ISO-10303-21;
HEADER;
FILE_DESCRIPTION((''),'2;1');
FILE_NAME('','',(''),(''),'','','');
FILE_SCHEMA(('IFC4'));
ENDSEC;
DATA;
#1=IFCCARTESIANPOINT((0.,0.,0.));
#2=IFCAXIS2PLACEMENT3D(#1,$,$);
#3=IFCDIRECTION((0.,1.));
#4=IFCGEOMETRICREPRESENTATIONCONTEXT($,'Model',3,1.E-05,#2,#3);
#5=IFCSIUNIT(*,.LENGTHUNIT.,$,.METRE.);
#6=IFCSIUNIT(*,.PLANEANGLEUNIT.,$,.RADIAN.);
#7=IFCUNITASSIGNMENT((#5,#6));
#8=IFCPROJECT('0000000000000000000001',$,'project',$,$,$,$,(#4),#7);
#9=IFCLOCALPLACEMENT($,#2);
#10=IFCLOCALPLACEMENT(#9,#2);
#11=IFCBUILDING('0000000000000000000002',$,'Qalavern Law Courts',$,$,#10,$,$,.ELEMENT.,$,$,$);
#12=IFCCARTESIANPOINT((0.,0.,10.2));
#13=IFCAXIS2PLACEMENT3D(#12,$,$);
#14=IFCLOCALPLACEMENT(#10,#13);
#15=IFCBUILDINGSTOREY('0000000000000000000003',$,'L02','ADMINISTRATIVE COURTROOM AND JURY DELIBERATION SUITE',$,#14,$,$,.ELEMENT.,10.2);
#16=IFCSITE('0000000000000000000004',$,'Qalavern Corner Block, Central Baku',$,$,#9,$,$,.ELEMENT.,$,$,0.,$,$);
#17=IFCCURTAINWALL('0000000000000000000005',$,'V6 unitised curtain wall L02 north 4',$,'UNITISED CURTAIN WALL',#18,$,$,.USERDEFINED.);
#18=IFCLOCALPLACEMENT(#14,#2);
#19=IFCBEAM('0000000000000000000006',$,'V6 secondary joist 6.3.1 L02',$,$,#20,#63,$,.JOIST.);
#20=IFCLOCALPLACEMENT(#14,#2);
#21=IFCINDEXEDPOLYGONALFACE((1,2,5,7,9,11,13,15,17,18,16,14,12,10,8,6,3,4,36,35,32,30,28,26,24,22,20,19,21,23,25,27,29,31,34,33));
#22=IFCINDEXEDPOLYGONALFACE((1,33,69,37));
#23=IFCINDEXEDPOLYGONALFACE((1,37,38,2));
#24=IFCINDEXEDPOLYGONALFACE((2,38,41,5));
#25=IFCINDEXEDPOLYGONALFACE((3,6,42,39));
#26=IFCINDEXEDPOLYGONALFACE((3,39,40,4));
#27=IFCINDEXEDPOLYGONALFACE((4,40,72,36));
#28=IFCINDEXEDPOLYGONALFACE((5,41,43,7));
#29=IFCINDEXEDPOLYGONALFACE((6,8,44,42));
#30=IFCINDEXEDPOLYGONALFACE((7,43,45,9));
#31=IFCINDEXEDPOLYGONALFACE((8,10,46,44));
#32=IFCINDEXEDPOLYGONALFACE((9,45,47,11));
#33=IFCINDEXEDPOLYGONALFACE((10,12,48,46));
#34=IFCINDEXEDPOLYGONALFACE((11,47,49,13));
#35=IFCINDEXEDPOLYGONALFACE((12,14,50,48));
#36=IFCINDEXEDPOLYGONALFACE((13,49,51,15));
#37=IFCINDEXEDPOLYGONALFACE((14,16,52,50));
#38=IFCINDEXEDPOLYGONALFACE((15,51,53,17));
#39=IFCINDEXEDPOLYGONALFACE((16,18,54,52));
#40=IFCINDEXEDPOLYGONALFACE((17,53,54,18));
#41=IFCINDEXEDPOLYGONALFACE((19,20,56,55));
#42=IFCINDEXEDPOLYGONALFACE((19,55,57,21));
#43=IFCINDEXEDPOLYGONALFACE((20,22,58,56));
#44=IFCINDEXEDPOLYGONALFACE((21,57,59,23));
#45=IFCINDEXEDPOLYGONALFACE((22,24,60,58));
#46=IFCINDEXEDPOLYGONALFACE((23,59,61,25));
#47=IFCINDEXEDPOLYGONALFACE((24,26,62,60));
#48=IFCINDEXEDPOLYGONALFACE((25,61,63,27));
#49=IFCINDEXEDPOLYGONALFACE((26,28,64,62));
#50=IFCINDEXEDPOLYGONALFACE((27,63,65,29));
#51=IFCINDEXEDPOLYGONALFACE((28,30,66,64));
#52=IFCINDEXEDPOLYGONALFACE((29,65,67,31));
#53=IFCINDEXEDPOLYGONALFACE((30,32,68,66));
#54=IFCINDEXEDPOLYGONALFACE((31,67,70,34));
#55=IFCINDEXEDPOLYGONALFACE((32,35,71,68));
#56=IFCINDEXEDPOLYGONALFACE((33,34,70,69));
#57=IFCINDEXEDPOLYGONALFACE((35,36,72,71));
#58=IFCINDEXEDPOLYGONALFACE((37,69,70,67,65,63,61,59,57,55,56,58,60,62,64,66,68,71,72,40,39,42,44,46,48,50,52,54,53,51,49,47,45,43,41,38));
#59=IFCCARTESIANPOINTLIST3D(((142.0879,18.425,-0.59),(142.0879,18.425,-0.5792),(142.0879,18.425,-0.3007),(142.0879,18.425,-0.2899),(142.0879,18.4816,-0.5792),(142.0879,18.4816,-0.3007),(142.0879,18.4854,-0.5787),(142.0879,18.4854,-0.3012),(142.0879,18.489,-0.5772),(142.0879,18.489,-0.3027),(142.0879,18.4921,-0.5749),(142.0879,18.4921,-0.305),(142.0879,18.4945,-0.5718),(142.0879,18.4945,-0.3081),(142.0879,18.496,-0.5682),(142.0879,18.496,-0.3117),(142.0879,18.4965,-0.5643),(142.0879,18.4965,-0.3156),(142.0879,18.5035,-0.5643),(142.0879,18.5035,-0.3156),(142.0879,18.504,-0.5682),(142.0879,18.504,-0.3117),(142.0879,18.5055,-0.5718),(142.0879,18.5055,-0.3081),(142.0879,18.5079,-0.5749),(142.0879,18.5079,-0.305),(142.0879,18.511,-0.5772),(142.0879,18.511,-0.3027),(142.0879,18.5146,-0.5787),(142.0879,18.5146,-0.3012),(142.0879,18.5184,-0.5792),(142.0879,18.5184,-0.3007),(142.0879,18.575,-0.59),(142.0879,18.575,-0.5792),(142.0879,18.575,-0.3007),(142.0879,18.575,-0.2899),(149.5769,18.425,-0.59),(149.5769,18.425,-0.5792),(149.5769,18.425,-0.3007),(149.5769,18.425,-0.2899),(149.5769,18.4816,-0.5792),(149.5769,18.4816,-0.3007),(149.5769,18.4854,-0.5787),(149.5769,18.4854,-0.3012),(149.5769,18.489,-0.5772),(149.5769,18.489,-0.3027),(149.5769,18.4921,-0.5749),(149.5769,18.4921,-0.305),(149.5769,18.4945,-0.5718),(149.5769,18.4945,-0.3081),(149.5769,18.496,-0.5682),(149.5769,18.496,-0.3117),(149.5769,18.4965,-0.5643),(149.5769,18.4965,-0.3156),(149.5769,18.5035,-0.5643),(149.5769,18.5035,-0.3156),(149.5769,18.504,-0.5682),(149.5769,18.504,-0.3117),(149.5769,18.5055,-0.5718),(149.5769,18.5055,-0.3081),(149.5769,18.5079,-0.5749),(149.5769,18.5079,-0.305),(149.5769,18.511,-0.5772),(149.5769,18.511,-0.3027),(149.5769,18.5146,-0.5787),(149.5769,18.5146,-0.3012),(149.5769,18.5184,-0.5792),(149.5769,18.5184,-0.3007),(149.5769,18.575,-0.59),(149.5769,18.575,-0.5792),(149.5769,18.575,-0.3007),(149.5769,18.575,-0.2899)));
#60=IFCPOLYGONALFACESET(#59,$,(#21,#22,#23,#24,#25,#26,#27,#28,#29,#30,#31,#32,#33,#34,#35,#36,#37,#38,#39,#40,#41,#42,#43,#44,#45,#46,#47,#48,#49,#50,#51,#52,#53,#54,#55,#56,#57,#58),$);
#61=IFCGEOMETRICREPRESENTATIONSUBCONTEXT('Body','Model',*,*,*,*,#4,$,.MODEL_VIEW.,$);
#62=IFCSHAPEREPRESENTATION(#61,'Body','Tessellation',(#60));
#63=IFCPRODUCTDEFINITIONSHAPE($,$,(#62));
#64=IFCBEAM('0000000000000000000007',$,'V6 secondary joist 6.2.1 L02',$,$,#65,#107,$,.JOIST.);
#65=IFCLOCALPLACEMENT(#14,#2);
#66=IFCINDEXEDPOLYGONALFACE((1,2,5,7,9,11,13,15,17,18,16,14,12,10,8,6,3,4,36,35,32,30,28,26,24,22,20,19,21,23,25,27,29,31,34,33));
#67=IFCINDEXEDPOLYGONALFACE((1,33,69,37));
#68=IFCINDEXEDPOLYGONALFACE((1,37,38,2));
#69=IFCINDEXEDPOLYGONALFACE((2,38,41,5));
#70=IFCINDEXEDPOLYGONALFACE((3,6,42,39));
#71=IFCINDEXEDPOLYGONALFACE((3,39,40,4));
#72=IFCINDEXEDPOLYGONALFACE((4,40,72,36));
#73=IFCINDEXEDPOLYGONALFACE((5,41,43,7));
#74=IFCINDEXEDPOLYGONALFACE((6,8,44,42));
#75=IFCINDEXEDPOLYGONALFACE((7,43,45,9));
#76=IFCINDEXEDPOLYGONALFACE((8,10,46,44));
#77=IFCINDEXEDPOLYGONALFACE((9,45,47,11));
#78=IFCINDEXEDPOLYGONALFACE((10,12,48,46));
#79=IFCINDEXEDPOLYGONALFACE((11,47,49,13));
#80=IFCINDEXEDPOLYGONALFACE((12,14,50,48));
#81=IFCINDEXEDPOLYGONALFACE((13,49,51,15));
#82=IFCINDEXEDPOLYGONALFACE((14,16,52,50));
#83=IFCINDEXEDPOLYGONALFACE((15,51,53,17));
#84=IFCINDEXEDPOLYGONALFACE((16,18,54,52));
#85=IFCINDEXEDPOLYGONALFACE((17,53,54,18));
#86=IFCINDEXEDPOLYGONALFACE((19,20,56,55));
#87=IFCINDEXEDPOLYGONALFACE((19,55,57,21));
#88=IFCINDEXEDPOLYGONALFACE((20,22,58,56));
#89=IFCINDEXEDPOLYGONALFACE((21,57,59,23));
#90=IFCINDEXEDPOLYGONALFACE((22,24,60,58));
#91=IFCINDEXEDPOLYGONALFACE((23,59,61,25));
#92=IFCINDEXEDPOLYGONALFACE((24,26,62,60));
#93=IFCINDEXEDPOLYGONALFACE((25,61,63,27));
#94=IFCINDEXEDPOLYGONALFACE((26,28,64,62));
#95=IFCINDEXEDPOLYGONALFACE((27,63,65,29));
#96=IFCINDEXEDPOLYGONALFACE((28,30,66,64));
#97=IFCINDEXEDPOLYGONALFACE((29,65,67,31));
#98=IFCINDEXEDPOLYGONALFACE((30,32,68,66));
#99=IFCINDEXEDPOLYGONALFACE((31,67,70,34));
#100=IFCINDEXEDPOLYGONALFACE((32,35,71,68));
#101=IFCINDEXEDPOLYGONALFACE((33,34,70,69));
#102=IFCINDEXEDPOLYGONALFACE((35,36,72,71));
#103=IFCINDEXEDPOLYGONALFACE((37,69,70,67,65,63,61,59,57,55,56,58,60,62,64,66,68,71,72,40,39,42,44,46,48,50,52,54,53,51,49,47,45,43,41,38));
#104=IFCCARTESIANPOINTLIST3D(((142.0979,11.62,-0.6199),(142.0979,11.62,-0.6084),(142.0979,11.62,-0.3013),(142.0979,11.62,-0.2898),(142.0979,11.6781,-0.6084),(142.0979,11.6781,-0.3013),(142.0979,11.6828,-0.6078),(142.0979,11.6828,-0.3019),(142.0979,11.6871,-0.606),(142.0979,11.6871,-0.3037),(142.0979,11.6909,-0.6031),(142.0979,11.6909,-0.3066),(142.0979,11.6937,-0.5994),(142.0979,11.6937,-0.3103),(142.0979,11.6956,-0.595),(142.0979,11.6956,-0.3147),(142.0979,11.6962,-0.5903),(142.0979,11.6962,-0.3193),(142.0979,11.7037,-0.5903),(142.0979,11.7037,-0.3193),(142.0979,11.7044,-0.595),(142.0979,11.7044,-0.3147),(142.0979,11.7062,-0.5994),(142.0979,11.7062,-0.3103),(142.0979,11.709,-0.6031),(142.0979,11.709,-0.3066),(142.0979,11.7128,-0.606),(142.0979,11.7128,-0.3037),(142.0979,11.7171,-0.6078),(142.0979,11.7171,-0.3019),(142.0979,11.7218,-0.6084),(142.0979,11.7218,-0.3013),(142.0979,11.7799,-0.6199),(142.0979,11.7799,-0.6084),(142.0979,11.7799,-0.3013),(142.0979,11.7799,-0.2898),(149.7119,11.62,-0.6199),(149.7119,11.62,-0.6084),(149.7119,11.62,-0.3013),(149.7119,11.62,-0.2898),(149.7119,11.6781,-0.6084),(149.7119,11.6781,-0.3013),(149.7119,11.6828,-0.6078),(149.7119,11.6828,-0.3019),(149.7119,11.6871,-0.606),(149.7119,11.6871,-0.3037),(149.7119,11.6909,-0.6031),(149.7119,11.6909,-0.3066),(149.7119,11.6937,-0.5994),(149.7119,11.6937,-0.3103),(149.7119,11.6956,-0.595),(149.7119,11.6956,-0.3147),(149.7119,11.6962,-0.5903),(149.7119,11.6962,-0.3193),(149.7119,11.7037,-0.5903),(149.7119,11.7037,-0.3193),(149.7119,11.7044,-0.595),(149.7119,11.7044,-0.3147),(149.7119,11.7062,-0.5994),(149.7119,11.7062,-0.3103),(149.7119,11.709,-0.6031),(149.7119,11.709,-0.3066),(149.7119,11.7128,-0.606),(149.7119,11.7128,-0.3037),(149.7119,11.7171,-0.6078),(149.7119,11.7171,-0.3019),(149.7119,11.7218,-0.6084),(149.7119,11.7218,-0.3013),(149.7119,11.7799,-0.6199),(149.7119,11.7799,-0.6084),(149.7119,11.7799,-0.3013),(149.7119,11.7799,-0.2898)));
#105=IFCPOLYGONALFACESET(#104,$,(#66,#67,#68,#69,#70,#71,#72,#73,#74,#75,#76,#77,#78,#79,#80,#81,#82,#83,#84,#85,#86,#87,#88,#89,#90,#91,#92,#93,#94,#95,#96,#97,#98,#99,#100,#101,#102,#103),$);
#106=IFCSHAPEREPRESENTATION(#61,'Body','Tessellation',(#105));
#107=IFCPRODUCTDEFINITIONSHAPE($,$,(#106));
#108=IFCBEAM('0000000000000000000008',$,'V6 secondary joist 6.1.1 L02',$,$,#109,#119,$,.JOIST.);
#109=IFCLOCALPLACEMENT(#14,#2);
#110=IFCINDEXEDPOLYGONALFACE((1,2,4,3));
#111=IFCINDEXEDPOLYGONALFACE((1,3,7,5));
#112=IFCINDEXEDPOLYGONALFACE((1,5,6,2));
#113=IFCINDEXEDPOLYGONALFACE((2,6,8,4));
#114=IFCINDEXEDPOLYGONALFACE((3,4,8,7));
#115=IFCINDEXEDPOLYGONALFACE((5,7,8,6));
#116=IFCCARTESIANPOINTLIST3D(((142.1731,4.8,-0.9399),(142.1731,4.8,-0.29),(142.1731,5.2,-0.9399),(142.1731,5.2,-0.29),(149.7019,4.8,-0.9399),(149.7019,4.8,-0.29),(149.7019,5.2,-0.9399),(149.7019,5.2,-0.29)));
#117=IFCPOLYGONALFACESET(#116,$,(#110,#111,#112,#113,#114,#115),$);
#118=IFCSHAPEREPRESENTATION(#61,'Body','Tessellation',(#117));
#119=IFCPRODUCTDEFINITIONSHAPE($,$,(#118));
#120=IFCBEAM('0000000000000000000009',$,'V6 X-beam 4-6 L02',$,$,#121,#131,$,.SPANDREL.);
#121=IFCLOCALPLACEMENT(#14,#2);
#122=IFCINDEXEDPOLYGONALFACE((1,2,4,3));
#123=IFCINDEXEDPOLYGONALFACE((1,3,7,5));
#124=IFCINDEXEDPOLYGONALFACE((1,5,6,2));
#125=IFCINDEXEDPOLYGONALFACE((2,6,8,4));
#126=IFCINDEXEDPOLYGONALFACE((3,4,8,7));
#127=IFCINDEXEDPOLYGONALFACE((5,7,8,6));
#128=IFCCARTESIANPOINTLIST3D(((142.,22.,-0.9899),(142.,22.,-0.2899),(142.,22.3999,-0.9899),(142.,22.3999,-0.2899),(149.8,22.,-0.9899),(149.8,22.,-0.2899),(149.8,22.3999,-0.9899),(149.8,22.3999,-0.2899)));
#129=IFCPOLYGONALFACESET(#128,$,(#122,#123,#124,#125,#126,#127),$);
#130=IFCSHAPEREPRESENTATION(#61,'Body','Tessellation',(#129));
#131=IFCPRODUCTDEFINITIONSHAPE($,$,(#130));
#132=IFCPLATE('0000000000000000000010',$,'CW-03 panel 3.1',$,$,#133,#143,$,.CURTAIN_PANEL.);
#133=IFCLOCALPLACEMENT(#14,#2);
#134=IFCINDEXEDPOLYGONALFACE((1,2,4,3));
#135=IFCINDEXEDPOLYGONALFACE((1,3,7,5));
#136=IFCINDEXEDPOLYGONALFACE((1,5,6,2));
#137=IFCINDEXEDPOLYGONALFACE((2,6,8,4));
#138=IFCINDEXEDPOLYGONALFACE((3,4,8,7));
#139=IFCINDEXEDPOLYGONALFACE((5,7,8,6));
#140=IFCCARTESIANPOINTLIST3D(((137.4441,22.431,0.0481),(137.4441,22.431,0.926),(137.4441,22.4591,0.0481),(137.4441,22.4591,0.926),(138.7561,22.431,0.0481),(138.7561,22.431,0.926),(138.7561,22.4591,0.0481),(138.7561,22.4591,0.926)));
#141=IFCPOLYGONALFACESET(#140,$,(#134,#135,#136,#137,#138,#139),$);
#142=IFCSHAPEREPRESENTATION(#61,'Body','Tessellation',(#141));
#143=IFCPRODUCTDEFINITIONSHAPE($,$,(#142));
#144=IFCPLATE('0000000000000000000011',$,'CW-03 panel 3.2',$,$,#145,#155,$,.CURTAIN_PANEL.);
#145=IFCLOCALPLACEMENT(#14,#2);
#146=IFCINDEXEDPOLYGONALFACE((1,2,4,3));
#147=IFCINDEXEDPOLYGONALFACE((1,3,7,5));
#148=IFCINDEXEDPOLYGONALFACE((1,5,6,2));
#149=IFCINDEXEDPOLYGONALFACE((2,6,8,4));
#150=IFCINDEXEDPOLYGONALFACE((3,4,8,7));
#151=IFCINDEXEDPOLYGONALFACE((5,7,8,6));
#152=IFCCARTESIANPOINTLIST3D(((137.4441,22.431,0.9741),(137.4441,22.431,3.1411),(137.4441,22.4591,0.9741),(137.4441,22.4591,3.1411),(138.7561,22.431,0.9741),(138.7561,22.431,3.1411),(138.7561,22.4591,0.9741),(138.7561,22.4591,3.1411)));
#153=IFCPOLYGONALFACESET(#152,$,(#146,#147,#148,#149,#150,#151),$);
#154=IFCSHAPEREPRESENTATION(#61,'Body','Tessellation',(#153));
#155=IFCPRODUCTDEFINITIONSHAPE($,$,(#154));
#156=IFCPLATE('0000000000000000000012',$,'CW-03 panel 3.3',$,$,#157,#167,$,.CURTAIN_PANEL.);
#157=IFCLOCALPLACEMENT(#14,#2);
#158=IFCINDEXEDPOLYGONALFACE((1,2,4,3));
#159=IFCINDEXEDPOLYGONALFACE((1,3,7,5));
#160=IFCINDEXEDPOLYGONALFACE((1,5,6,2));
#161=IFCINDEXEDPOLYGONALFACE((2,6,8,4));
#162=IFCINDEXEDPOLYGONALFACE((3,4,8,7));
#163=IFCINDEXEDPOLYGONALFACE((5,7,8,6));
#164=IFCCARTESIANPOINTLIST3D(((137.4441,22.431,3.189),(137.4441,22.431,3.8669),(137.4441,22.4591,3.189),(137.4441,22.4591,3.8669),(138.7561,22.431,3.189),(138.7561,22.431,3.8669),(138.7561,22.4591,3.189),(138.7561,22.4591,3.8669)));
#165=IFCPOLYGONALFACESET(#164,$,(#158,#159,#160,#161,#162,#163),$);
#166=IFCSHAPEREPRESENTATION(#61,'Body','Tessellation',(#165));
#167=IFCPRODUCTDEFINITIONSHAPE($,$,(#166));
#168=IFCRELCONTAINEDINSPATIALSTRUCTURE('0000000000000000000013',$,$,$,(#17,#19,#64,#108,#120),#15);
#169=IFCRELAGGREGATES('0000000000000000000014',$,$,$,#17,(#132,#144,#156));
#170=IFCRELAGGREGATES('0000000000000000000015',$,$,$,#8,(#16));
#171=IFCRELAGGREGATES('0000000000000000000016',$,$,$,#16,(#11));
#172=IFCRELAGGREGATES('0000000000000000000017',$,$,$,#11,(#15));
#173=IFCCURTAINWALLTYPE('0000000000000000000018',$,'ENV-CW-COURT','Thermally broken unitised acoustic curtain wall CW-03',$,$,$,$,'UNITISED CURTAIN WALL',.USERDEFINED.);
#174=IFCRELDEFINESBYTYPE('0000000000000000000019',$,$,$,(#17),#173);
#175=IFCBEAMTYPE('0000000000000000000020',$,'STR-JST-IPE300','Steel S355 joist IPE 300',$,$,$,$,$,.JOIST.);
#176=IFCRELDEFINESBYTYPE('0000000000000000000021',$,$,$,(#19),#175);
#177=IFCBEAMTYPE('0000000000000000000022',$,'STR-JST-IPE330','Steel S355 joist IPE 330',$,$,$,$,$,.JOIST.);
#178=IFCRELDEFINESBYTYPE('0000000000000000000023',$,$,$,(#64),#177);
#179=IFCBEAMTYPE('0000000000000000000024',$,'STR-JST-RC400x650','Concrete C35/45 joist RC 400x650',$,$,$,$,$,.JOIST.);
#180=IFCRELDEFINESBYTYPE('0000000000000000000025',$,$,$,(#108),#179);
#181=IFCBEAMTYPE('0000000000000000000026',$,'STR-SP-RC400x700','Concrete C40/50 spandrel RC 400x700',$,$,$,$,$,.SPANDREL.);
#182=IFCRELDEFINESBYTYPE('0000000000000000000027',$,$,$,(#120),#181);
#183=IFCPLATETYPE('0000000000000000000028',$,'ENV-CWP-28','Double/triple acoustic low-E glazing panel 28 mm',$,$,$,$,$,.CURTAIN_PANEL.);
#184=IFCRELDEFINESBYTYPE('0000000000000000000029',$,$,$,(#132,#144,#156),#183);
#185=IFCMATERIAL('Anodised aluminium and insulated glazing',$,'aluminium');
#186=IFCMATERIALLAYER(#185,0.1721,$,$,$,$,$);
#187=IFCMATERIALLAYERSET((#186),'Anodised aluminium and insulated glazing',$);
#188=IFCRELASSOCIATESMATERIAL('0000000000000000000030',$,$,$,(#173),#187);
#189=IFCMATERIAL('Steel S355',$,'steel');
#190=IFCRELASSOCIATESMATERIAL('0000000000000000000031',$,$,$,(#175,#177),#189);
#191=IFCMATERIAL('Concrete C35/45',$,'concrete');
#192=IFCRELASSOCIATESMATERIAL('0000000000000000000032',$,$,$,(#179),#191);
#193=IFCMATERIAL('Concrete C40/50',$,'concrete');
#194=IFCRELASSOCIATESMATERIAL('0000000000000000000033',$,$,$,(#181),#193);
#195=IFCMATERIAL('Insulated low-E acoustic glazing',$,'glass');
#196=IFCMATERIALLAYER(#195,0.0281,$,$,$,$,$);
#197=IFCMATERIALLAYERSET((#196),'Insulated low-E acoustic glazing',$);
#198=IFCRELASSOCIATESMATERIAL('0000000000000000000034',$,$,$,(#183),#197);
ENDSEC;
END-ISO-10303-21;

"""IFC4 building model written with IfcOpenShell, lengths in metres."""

from ifc_helpers import new_model, si_unit, direction, frame, origin, origin_2d, place, context, subcontext, project, spatial, rectangle, i_section, extrude, material, layer, layer_set, material_profile, profile_set, type_object, element, aggregate, save


model = new_model("IFC4")

# Units and contexts
model_context = context("Model", 3, precision=1e-05, world=origin(), true_north=direction((0.0, 1.0)))
body_context = subcontext(model_context, "Body", "Model", "MODEL_VIEW")
ifc_project = project(units=[si_unit("LENGTHUNIT", "METRE"), si_unit("PLANEANGLEUNIT", "RADIAN")], contexts=[model_context])

# Site, building, storey
site_placement = place(None, origin())
site = spatial("IfcSite", under=ifc_project, at=site_placement, Name="Qalavern Corner Block, Central Baku", CompositionType="ELEMENT", RefElevation=0.0)
building_placement = place(site_placement, origin())
building = spatial("IfcBuilding", under=site, at=building_placement, Name="Qalavern Law Courts", CompositionType="ELEMENT")
storey_placement = place(building_placement, frame((0.0, 0.0, 10.2)))
storey = spatial("IfcBuildingStorey", under=building, at=storey_placement, Name="L02", Description="ADMINISTRATIVE COURTROOM AND JURY DELIBERATION SUITE", CompositionType="ELEMENT", Elevation=10.2)

# Curtain wall
ifc_material_1 = material(Name="Anodised aluminium and insulated glazing", Category="aluminium")
ifc_layer_1 = layer(ifc_material_1, 0.1721)
ifc_layer_set_1 = layer_set([ifc_layer_1], Name="Anodised aluminium and insulated glazing")
curtain_wall_type = type_object("IfcCurtainWallType", Name="ENV-CW-COURT", Description="Thermally broken unitised acoustic curtain wall CW-03", ElementType="UNITISED CURTAIN WALL", PredefinedType="USERDEFINED", material=ifc_layer_set_1)
curtain_wall_placement = place(storey_placement, origin())
curtain_wall = element("IfcCurtainWall", 1, at=curtain_wall_placement, inside=storey, type_object=curtain_wall_type, Name="V6 unitised curtain wall L02 north 4", ObjectType="UNITISED CURTAIN WALL", PredefinedType="USERDEFINED")

# Beams
ifc_material_2 = material(Name="Steel S355", Category="steel")
ifc_material_profile_1 = material_profile(ifc_material_2, i_section(OverallWidth=0.1499, OverallDepth=0.3, WebThickness=0.0071, FlangeThickness=0.0107, FilletRadius=0.0149, at=origin_2d()), Name="IPE 300")
ifc_profile_set_1 = profile_set([ifc_material_profile_1], Name="Steel S355")
beam_type_1 = type_object("IfcBeamType", Name="STR-JST-IPE300", Description="Steel S355 joist IPE 300", PredefinedType="JOIST", material=ifc_profile_set_1)
beam_1_placement = place(storey_placement, frame((142.0879, 18.5, -0.4399), z_axis=(1.0, 0.0, 0.0), x_axis=(0.0, 1.0, 0.0)))
element("IfcBeam", 2, at=beam_1_placement, inside=storey, type_object=beam_type_1, Name="V6 secondary joist 6.3.1 L02", PredefinedType="JOIST", context=body_context, shape_type="SweptSolid", body=[
    extrude(i_section(OverallWidth=0.1499, OverallDepth=0.3, WebThickness=0.0071, FlangeThickness=0.0107, FilletRadius=0.0149, at=origin_2d()), origin(), (0.0, 0.0, 1.0), 7.489),
])
ifc_material_profile_2 = material_profile(ifc_material_2, i_section(OverallWidth=0.1599, OverallDepth=0.3301, WebThickness=0.0076, FlangeThickness=0.0115, FilletRadius=0.0181, at=origin_2d()), Name="IPE 330")
ifc_profile_set_2 = profile_set([ifc_material_profile_2], Name="Steel S355")
beam_type_2 = type_object("IfcBeamType", Name="STR-JST-IPE330", Description="Steel S355 joist IPE 330", PredefinedType="JOIST", material=ifc_profile_set_2)
beam_2_placement = place(storey_placement, frame((142.0979, 11.7, -0.4548), z_axis=(1.0, 0.0, 0.0), x_axis=(0.0, 1.0, 0.0)))
element("IfcBeam", 3, at=beam_2_placement, inside=storey, type_object=beam_type_2, Name="V6 secondary joist 6.2.1 L02", PredefinedType="JOIST", context=body_context, shape_type="SweptSolid", body=[
    extrude(i_section(OverallWidth=0.1599, OverallDepth=0.3301, WebThickness=0.0076, FlangeThickness=0.0115, FilletRadius=0.0181, at=origin_2d()), origin(), (0.0, 0.0, 1.0), 7.614),
])
ifc_material_3 = material(Name="Concrete C35/45", Category="concrete")
ifc_material_profile_3 = material_profile(ifc_material_3, rectangle(XDim=0.3999, YDim=0.6499, at=origin_2d()), Name="RC 400x650")
ifc_profile_set_3 = profile_set([ifc_material_profile_3], Name="Concrete C35/45")
beam_type_3 = type_object("IfcBeamType", Name="STR-JST-RC400x650", Description="Concrete C35/45 joist RC 400x650", PredefinedType="JOIST", material=ifc_profile_set_3)
beam_3_placement = place(storey_placement, frame((142.1731, 5.0, -0.615), z_axis=(1.0, 0.0, 0.0), x_axis=(0.0, 1.0, 0.0)))
element("IfcBeam", 4, at=beam_3_placement, inside=storey, type_object=beam_type_3, Name="V6 secondary joist 6.1.1 L02", PredefinedType="JOIST", context=body_context, shape_type="SweptSolid", body=[
    extrude(rectangle(XDim=0.3999, YDim=0.6499, at=origin_2d()), origin(), (0.0, 0.0, 1.0), 7.5288),
])
ifc_material_4 = material(Name="Concrete C40/50", Category="concrete")
ifc_material_profile_4 = material_profile(ifc_material_4, rectangle(XDim=0.3999, YDim=0.7, at=origin_2d()), Name="RC 400x700")
ifc_profile_set_4 = profile_set([ifc_material_profile_4], Name="Concrete C40/50")
beam_type_4 = type_object("IfcBeamType", Name="STR-SP-RC400x700", Description="Concrete C40/50 spandrel RC 400x700", PredefinedType="SPANDREL", material=ifc_profile_set_4)
beam_4_placement = place(storey_placement, frame((142.0, 22.2, -0.6399), z_axis=(1.0, 0.0, 0.0), x_axis=(0.0, 1.0, 0.0)))
element("IfcBeam", 5, at=beam_4_placement, inside=storey, type_object=beam_type_4, Name="V6 X-beam 4-6 L02", PredefinedType="SPANDREL", context=body_context, shape_type="SweptSolid", body=[
    extrude(rectangle(XDim=0.3999, YDim=0.7, at=origin_2d()), origin(), (0.0, 0.0, 1.0), 7.8),
])

# Plates
ifc_material_5 = material(Name="Insulated low-E acoustic glazing", Category="glass")
ifc_layer_2 = layer(ifc_material_5, 0.0281)
ifc_layer_set_2 = layer_set([ifc_layer_2], Name="Insulated low-E acoustic glazing")
plate_type = type_object("IfcPlateType", Name="ENV-CWP-28", Description="Double/triple acoustic low-E glazing panel 28 mm", PredefinedType="CURTAIN_PANEL", material=ifc_layer_set_2)
plate_1_placement = place(storey_placement, frame((138.1001, 22.4451, 0.0481), z_axis=(0.0, 0.0, 1.0), x_axis=(-1.0, 0.0, 0.0)))
plate_1 = element("IfcPlate", 6, at=plate_1_placement, type_object=plate_type, Name="CW-03 panel 3.1", PredefinedType="CURTAIN_PANEL", context=body_context, shape_type="SweptSolid", body=[
    extrude(rectangle(XDim=1.312, YDim=0.0281, at=origin_2d()), origin(), (0.0, 0.0, 1.0), 0.8779),
])
plate_2_placement = place(storey_placement, frame((138.1001, 22.4451, 0.9741), z_axis=(0.0, 0.0, 1.0), x_axis=(-1.0, 0.0, 0.0)))
plate_2 = element("IfcPlate", 7, at=plate_2_placement, type_object=plate_type, Name="CW-03 panel 3.2", PredefinedType="CURTAIN_PANEL", context=body_context, shape_type="SweptSolid", body=[
    extrude(rectangle(XDim=1.312, YDim=0.0281, at=origin_2d()), origin(), (0.0, 0.0, 1.0), 2.167),
])
plate_3_placement = place(storey_placement, frame((138.1001, 22.4451, 3.189), z_axis=(0.0, 0.0, 1.0), x_axis=(-1.0, 0.0, 0.0)))
plate_3 = element("IfcPlate", 8, at=plate_3_placement, type_object=plate_type, Name="CW-03 panel 3.3", PredefinedType="CURTAIN_PANEL", context=body_context, shape_type="SweptSolid", body=[
    extrude(rectangle(XDim=1.312, YDim=0.0281, at=origin_2d()), origin(), (0.0, 0.0, 1.0), 0.678),
])
aggregate(curtain_wall, [plate_1, plate_2, plate_3])

save(model, "model.ifc")
